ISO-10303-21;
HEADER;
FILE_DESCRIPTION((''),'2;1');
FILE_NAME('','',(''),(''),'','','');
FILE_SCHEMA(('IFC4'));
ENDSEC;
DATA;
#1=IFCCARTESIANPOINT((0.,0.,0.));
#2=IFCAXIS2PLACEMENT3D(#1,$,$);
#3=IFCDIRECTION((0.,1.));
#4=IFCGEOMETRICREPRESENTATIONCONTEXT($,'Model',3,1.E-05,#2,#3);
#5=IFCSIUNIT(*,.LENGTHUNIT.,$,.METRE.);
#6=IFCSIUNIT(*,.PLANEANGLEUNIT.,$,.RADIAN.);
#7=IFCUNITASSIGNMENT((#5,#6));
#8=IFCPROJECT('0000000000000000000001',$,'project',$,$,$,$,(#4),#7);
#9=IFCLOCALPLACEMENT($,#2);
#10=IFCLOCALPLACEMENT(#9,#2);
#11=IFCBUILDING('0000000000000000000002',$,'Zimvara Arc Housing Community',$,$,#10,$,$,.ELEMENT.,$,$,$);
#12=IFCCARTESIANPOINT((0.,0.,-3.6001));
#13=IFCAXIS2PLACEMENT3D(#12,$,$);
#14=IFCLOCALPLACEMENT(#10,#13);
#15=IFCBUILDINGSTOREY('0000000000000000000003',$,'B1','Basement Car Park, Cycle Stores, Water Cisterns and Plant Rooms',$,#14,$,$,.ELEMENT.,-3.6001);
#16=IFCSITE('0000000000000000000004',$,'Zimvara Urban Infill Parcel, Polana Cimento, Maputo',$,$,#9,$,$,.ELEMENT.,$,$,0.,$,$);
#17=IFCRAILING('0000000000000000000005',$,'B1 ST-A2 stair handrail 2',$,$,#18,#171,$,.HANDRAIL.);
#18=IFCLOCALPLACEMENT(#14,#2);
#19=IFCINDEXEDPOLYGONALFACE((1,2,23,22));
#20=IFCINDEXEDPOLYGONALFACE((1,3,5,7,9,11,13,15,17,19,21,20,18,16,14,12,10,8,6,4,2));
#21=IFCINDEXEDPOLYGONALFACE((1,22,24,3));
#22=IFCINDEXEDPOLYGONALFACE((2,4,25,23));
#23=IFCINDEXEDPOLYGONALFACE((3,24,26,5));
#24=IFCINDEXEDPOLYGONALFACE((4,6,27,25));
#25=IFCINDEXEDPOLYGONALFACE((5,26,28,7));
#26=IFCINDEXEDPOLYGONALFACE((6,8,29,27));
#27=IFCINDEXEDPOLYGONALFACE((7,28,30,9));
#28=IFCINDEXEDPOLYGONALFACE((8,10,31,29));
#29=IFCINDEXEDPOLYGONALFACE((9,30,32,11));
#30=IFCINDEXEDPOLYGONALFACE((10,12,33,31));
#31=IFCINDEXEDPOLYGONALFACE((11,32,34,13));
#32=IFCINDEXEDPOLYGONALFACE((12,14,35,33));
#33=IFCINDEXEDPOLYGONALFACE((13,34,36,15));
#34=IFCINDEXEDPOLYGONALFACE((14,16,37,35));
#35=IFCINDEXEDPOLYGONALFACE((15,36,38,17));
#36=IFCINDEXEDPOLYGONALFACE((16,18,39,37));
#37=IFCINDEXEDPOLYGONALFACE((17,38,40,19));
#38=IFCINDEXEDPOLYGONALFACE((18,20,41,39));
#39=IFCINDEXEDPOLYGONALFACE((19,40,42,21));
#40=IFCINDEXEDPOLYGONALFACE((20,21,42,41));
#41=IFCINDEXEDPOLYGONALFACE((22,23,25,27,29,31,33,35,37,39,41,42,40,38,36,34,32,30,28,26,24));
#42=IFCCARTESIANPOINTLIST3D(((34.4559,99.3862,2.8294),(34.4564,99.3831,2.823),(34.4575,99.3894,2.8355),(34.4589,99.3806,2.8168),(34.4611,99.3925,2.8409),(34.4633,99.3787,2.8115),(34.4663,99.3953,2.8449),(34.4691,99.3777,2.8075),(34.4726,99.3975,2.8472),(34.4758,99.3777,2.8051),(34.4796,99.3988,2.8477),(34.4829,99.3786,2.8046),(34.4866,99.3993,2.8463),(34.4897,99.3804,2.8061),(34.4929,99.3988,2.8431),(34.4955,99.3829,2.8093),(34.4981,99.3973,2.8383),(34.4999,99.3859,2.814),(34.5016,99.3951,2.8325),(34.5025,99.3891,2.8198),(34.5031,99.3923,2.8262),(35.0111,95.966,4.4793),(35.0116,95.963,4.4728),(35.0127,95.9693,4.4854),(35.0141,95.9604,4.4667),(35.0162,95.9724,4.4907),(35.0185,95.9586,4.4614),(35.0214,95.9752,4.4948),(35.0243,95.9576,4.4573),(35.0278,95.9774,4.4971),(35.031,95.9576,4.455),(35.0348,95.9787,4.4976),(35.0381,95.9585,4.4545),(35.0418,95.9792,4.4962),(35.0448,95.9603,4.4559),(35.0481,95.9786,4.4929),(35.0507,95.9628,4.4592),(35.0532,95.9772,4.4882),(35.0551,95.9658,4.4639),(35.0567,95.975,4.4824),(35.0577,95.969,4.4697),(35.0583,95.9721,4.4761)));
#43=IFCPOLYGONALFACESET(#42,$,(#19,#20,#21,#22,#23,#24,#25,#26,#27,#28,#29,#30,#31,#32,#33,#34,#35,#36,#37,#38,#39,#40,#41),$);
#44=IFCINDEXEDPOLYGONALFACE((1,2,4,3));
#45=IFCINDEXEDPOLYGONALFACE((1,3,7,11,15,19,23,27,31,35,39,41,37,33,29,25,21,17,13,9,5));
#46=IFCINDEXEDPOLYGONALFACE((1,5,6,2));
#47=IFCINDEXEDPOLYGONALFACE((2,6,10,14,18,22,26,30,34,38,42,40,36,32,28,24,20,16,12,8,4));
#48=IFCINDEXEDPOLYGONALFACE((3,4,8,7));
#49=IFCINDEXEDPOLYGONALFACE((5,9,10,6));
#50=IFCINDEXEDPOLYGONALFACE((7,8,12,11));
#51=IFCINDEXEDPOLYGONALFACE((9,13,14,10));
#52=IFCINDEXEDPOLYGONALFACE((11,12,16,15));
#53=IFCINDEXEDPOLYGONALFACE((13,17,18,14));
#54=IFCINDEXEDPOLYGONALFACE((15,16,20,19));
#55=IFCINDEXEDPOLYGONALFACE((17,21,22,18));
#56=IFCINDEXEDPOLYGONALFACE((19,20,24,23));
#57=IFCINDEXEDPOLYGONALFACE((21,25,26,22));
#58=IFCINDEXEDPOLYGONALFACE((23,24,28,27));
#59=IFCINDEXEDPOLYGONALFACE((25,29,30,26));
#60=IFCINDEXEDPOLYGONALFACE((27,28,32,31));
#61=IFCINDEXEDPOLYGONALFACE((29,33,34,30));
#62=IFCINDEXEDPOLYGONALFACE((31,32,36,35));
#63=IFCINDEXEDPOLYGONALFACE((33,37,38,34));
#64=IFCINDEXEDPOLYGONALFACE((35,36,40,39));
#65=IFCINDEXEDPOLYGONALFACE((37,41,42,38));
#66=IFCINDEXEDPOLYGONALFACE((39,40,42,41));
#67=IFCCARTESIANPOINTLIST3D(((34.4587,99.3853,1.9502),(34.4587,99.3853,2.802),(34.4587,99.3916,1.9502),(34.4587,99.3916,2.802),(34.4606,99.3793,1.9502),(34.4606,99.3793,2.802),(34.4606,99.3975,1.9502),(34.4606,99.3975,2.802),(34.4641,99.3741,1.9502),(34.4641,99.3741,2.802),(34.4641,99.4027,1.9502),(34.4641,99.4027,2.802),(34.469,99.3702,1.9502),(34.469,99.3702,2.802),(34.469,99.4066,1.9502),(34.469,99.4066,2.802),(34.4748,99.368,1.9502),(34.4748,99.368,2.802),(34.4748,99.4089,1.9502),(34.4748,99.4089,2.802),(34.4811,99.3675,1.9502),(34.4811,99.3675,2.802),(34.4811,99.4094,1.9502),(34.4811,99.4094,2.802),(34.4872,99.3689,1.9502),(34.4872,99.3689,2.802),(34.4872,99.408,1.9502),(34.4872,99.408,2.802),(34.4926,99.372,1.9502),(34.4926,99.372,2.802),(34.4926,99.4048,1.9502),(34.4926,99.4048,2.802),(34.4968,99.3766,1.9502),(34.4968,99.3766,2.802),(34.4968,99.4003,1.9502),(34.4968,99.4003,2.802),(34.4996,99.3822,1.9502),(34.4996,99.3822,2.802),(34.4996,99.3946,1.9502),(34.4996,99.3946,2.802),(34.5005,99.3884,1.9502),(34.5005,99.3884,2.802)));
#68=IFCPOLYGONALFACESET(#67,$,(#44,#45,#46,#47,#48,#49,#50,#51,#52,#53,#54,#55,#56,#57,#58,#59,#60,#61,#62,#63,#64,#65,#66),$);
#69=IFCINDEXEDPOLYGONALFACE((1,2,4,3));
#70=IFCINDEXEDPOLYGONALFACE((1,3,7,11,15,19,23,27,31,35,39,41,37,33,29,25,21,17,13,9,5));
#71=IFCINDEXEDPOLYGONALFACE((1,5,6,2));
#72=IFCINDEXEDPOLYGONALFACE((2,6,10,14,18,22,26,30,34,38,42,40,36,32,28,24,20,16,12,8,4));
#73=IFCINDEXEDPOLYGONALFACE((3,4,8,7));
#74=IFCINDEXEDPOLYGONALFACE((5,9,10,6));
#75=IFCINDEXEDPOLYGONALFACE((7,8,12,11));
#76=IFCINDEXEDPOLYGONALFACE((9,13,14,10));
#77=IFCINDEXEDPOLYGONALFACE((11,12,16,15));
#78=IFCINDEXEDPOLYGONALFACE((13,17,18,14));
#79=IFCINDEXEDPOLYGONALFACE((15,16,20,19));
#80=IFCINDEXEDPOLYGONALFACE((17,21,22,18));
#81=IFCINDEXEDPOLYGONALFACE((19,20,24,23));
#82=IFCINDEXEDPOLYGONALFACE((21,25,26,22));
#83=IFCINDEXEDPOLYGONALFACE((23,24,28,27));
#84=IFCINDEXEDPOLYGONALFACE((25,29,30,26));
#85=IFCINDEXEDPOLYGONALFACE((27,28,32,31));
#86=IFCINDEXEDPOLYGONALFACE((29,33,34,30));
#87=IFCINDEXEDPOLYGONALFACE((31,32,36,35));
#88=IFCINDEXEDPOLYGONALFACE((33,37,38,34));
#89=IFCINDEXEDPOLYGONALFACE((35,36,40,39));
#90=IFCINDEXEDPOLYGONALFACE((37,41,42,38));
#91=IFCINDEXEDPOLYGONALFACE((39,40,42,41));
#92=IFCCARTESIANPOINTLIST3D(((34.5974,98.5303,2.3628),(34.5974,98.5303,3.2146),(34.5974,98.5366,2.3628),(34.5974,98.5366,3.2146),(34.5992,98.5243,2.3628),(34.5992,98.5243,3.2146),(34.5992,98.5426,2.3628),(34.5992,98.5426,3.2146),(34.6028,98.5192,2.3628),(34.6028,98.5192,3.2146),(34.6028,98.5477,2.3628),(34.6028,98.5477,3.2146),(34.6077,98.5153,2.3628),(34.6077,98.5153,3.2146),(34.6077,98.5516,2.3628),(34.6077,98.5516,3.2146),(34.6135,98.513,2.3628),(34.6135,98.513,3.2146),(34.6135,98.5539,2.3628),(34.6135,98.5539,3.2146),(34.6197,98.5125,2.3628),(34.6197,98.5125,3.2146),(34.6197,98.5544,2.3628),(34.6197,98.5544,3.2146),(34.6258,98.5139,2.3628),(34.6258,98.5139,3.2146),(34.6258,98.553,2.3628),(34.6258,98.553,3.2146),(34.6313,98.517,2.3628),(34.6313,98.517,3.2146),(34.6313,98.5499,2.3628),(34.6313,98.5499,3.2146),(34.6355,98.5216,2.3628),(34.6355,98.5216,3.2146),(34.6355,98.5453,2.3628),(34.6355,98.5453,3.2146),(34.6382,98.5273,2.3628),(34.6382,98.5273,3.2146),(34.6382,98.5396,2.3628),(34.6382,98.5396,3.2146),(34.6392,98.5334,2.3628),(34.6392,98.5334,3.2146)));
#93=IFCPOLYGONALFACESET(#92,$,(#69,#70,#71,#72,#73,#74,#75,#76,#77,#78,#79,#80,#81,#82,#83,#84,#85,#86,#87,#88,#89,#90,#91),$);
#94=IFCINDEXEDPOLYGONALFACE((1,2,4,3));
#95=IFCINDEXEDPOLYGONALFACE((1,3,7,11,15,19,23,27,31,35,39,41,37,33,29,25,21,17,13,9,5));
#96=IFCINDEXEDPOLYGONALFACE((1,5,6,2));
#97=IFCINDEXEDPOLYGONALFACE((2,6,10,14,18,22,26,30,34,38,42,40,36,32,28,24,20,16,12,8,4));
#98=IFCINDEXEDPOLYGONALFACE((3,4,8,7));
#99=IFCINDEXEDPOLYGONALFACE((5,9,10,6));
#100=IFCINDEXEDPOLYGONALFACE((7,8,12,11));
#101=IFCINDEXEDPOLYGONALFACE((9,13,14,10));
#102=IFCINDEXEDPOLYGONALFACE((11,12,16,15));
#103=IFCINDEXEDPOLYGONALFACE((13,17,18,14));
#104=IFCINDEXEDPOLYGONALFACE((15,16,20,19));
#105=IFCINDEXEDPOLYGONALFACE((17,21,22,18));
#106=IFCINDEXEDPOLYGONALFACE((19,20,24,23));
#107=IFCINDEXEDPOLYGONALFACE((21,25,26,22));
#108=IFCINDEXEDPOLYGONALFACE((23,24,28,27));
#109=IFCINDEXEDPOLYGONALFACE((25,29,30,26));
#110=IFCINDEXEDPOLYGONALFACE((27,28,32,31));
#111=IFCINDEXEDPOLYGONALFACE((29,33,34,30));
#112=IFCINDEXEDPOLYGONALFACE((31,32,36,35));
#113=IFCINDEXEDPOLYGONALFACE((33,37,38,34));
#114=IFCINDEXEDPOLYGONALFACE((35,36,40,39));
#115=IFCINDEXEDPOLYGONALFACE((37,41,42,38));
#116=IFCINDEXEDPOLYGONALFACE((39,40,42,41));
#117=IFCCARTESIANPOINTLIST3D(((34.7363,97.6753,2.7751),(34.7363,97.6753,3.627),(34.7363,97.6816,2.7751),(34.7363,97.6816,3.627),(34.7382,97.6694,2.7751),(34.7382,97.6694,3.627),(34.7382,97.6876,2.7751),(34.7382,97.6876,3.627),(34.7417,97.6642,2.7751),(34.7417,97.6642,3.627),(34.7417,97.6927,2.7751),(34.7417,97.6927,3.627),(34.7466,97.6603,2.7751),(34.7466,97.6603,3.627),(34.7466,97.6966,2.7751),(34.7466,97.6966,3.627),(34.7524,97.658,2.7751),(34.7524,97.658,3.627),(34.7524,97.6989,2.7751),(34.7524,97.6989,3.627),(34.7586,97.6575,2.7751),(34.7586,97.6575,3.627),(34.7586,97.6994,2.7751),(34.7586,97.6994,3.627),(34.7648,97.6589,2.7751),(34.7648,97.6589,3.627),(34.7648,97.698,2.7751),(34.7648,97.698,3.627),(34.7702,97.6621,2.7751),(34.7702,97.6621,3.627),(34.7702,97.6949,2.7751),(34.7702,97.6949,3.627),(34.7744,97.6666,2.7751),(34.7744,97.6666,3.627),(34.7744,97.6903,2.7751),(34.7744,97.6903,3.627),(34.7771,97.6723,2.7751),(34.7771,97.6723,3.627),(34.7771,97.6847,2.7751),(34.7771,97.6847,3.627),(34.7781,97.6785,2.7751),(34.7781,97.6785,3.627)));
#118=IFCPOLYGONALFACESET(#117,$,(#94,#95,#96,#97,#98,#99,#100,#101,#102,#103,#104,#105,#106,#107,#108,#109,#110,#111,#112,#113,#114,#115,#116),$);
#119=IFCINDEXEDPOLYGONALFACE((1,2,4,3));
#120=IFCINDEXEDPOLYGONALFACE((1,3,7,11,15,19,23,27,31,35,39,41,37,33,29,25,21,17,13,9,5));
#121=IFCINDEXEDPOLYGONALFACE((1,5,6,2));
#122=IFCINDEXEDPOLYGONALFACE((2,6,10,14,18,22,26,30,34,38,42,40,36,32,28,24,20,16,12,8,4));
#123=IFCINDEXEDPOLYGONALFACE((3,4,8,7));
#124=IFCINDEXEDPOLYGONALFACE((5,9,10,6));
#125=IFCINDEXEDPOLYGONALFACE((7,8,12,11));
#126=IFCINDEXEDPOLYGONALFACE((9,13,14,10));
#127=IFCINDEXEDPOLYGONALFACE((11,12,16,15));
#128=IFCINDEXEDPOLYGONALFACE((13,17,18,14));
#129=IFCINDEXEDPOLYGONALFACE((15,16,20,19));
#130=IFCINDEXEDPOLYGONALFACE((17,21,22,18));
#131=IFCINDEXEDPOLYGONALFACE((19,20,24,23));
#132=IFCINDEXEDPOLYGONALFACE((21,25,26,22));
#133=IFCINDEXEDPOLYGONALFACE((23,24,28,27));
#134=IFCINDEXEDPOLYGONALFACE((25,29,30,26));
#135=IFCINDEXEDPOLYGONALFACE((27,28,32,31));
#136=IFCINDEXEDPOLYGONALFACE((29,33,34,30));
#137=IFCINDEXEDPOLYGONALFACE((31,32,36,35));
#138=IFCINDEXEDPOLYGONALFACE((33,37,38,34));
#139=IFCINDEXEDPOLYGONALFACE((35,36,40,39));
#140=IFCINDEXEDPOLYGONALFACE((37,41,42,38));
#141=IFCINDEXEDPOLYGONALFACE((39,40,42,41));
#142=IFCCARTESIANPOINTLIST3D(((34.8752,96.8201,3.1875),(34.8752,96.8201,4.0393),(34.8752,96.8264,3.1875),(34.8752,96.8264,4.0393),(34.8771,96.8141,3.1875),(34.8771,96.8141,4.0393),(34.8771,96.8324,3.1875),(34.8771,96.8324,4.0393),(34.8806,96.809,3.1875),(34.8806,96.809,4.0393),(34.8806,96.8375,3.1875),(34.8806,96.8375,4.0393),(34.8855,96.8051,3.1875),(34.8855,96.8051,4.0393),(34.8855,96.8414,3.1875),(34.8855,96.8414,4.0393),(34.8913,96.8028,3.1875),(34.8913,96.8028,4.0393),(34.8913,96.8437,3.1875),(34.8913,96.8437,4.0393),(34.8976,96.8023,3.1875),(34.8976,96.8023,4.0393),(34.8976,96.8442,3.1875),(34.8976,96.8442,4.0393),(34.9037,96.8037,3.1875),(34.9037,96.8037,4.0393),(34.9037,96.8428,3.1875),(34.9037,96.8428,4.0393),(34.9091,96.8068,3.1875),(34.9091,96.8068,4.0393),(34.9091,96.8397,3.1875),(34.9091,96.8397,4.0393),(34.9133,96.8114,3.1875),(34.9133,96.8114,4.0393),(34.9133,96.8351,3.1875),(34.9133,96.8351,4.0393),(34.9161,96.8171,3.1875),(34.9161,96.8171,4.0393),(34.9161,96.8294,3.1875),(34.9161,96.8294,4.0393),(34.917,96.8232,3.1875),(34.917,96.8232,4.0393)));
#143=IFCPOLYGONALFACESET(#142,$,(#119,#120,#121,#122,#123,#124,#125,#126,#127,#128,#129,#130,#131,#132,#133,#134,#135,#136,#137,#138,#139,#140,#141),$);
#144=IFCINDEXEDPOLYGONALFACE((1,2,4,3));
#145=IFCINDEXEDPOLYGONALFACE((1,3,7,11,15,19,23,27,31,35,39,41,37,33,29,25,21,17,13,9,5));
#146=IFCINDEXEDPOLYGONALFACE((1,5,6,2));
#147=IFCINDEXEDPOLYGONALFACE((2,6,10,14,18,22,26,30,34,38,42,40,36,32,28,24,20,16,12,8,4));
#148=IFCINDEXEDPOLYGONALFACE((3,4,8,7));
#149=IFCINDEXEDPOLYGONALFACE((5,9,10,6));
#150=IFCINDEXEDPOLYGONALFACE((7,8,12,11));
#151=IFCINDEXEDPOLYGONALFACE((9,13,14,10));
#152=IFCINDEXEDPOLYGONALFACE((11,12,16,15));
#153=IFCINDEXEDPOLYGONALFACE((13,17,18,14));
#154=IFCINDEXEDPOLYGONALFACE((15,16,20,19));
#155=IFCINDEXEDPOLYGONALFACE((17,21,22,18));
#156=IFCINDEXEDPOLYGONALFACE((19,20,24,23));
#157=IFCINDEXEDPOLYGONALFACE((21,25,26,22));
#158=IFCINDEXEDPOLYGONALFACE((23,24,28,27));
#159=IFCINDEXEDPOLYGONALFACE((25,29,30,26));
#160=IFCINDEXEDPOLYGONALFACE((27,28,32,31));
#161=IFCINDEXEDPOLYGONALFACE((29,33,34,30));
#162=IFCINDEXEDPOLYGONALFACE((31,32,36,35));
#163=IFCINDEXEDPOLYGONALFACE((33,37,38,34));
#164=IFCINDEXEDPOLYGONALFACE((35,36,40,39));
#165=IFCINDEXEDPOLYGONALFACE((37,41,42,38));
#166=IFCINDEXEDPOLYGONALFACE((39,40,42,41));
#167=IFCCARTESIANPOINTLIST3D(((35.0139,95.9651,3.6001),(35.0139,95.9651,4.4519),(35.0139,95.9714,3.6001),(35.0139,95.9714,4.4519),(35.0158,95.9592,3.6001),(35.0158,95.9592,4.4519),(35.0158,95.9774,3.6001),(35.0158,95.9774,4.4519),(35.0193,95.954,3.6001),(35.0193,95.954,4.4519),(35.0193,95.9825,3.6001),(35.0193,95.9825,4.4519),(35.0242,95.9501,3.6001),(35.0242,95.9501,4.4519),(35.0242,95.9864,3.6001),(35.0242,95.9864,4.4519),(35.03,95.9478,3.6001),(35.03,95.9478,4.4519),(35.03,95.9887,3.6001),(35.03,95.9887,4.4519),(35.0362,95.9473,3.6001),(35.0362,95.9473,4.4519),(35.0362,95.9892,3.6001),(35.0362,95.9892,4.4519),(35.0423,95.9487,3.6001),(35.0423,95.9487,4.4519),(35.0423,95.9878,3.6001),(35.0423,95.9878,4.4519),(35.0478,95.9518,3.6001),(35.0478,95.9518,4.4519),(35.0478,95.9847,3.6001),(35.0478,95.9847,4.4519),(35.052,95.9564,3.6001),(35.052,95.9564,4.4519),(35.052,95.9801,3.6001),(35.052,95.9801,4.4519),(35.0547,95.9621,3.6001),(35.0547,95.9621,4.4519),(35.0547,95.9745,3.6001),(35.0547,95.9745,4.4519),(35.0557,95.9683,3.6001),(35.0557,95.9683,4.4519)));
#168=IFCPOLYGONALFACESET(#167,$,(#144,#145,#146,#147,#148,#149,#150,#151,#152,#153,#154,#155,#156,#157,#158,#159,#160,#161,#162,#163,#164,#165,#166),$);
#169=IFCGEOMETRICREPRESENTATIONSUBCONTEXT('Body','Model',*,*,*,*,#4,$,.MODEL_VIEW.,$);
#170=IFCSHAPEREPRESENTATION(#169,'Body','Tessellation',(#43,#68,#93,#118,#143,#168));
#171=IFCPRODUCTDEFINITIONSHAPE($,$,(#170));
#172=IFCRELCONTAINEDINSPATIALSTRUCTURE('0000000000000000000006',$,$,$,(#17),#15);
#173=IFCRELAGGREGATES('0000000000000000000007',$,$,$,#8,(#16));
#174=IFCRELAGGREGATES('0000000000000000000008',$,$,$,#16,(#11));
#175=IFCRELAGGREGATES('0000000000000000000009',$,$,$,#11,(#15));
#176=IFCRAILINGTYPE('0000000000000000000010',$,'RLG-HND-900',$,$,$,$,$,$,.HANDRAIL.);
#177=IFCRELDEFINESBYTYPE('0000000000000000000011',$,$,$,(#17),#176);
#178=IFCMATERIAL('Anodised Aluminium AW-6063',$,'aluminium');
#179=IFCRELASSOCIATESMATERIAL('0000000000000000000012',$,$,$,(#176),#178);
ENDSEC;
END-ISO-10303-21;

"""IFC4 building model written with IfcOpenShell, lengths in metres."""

from ifc_helpers import new_model, si_unit, direction, frame, origin, origin_2d, place, context, subcontext, project, spatial, circle, extrude, material, type_object, element, save


model = new_model("IFC4")

# Units and contexts
model_context = context("Model", 3, precision=1e-05, world=origin(), true_north=direction((0.0, 1.0)))
body_context = subcontext(model_context, "Body", "Model", "MODEL_VIEW")
ifc_project = project(units=[si_unit("LENGTHUNIT", "METRE"), si_unit("PLANEANGLEUNIT", "RADIAN")], contexts=[model_context])

# Site, building, storey
site_placement = place(None, origin())
site = spatial("IfcSite", under=ifc_project, at=site_placement, Name="Zimvara Urban Infill Parcel, Polana Cimento, Maputo", CompositionType="ELEMENT", RefElevation=0.0)
building_placement = place(site_placement, origin())
building = spatial("IfcBuilding", under=site, at=building_placement, Name="Zimvara Arc Housing Community", CompositionType="ELEMENT")
storey_placement = place(building_placement, frame((0.0, 0.0, -3.6001)))
storey = spatial("IfcBuildingStorey", under=building, at=storey_placement, Name="B1", Description="Basement Car Park, Cycle Stores, Water Cisterns and Plant Rooms", CompositionType="ELEMENT", Elevation=-3.6001)

# Railing
ifc_material_1 = material(Name="Anodised Aluminium AW-6063", Category="aluminium")
railing_type = type_object("IfcRailingType", Name="RLG-HND-900", PredefinedType="HANDRAIL", material=ifc_material_1)
railing_placement = place(storey_placement, frame((34.4795, 99.3884, 1.9502)))
element("IfcRailing", 1, at=railing_placement, inside=storey, type_object=railing_type, Name="B1 ST-A2 stair handrail 2", PredefinedType="HANDRAIL", context=body_context, shape_type="SweptSolid", body=[
    extrude(circle(Radius=0.0239, at=origin_2d()), frame((0.0, 0.0, 0.876), z_axis=(0.144664, -0.891202, 0.42992), x_axis=(0.98708, 0.160227, 0.0)), (0.0, 0.0, 1.0), 3.8376),
    extrude(circle(Radius=0.021, at=origin_2d()), origin(), (0.0, 0.0, 1.0), 0.8518),
    extrude(circle(Radius=0.021, at=origin_2d()), frame((0.1387, -0.855, 0.4126)), (0.0, 0.0, 1.0), 0.8518),
    extrude(circle(Radius=0.021, at=origin_2d()), frame((0.2776, -1.71, 0.825)), (0.0, 0.0, 1.0), 0.8518),
    extrude(circle(Radius=0.021, at=origin_2d()), frame((0.4165, -2.5652, 1.2373)), (0.0, 0.0, 1.0), 0.8518),
    extrude(circle(Radius=0.021, at=origin_2d()), frame((0.5552, -3.4202, 1.6499)), (0.0, 0.0, 1.0), 0.8518),
])

save(model, "model.ifc")
